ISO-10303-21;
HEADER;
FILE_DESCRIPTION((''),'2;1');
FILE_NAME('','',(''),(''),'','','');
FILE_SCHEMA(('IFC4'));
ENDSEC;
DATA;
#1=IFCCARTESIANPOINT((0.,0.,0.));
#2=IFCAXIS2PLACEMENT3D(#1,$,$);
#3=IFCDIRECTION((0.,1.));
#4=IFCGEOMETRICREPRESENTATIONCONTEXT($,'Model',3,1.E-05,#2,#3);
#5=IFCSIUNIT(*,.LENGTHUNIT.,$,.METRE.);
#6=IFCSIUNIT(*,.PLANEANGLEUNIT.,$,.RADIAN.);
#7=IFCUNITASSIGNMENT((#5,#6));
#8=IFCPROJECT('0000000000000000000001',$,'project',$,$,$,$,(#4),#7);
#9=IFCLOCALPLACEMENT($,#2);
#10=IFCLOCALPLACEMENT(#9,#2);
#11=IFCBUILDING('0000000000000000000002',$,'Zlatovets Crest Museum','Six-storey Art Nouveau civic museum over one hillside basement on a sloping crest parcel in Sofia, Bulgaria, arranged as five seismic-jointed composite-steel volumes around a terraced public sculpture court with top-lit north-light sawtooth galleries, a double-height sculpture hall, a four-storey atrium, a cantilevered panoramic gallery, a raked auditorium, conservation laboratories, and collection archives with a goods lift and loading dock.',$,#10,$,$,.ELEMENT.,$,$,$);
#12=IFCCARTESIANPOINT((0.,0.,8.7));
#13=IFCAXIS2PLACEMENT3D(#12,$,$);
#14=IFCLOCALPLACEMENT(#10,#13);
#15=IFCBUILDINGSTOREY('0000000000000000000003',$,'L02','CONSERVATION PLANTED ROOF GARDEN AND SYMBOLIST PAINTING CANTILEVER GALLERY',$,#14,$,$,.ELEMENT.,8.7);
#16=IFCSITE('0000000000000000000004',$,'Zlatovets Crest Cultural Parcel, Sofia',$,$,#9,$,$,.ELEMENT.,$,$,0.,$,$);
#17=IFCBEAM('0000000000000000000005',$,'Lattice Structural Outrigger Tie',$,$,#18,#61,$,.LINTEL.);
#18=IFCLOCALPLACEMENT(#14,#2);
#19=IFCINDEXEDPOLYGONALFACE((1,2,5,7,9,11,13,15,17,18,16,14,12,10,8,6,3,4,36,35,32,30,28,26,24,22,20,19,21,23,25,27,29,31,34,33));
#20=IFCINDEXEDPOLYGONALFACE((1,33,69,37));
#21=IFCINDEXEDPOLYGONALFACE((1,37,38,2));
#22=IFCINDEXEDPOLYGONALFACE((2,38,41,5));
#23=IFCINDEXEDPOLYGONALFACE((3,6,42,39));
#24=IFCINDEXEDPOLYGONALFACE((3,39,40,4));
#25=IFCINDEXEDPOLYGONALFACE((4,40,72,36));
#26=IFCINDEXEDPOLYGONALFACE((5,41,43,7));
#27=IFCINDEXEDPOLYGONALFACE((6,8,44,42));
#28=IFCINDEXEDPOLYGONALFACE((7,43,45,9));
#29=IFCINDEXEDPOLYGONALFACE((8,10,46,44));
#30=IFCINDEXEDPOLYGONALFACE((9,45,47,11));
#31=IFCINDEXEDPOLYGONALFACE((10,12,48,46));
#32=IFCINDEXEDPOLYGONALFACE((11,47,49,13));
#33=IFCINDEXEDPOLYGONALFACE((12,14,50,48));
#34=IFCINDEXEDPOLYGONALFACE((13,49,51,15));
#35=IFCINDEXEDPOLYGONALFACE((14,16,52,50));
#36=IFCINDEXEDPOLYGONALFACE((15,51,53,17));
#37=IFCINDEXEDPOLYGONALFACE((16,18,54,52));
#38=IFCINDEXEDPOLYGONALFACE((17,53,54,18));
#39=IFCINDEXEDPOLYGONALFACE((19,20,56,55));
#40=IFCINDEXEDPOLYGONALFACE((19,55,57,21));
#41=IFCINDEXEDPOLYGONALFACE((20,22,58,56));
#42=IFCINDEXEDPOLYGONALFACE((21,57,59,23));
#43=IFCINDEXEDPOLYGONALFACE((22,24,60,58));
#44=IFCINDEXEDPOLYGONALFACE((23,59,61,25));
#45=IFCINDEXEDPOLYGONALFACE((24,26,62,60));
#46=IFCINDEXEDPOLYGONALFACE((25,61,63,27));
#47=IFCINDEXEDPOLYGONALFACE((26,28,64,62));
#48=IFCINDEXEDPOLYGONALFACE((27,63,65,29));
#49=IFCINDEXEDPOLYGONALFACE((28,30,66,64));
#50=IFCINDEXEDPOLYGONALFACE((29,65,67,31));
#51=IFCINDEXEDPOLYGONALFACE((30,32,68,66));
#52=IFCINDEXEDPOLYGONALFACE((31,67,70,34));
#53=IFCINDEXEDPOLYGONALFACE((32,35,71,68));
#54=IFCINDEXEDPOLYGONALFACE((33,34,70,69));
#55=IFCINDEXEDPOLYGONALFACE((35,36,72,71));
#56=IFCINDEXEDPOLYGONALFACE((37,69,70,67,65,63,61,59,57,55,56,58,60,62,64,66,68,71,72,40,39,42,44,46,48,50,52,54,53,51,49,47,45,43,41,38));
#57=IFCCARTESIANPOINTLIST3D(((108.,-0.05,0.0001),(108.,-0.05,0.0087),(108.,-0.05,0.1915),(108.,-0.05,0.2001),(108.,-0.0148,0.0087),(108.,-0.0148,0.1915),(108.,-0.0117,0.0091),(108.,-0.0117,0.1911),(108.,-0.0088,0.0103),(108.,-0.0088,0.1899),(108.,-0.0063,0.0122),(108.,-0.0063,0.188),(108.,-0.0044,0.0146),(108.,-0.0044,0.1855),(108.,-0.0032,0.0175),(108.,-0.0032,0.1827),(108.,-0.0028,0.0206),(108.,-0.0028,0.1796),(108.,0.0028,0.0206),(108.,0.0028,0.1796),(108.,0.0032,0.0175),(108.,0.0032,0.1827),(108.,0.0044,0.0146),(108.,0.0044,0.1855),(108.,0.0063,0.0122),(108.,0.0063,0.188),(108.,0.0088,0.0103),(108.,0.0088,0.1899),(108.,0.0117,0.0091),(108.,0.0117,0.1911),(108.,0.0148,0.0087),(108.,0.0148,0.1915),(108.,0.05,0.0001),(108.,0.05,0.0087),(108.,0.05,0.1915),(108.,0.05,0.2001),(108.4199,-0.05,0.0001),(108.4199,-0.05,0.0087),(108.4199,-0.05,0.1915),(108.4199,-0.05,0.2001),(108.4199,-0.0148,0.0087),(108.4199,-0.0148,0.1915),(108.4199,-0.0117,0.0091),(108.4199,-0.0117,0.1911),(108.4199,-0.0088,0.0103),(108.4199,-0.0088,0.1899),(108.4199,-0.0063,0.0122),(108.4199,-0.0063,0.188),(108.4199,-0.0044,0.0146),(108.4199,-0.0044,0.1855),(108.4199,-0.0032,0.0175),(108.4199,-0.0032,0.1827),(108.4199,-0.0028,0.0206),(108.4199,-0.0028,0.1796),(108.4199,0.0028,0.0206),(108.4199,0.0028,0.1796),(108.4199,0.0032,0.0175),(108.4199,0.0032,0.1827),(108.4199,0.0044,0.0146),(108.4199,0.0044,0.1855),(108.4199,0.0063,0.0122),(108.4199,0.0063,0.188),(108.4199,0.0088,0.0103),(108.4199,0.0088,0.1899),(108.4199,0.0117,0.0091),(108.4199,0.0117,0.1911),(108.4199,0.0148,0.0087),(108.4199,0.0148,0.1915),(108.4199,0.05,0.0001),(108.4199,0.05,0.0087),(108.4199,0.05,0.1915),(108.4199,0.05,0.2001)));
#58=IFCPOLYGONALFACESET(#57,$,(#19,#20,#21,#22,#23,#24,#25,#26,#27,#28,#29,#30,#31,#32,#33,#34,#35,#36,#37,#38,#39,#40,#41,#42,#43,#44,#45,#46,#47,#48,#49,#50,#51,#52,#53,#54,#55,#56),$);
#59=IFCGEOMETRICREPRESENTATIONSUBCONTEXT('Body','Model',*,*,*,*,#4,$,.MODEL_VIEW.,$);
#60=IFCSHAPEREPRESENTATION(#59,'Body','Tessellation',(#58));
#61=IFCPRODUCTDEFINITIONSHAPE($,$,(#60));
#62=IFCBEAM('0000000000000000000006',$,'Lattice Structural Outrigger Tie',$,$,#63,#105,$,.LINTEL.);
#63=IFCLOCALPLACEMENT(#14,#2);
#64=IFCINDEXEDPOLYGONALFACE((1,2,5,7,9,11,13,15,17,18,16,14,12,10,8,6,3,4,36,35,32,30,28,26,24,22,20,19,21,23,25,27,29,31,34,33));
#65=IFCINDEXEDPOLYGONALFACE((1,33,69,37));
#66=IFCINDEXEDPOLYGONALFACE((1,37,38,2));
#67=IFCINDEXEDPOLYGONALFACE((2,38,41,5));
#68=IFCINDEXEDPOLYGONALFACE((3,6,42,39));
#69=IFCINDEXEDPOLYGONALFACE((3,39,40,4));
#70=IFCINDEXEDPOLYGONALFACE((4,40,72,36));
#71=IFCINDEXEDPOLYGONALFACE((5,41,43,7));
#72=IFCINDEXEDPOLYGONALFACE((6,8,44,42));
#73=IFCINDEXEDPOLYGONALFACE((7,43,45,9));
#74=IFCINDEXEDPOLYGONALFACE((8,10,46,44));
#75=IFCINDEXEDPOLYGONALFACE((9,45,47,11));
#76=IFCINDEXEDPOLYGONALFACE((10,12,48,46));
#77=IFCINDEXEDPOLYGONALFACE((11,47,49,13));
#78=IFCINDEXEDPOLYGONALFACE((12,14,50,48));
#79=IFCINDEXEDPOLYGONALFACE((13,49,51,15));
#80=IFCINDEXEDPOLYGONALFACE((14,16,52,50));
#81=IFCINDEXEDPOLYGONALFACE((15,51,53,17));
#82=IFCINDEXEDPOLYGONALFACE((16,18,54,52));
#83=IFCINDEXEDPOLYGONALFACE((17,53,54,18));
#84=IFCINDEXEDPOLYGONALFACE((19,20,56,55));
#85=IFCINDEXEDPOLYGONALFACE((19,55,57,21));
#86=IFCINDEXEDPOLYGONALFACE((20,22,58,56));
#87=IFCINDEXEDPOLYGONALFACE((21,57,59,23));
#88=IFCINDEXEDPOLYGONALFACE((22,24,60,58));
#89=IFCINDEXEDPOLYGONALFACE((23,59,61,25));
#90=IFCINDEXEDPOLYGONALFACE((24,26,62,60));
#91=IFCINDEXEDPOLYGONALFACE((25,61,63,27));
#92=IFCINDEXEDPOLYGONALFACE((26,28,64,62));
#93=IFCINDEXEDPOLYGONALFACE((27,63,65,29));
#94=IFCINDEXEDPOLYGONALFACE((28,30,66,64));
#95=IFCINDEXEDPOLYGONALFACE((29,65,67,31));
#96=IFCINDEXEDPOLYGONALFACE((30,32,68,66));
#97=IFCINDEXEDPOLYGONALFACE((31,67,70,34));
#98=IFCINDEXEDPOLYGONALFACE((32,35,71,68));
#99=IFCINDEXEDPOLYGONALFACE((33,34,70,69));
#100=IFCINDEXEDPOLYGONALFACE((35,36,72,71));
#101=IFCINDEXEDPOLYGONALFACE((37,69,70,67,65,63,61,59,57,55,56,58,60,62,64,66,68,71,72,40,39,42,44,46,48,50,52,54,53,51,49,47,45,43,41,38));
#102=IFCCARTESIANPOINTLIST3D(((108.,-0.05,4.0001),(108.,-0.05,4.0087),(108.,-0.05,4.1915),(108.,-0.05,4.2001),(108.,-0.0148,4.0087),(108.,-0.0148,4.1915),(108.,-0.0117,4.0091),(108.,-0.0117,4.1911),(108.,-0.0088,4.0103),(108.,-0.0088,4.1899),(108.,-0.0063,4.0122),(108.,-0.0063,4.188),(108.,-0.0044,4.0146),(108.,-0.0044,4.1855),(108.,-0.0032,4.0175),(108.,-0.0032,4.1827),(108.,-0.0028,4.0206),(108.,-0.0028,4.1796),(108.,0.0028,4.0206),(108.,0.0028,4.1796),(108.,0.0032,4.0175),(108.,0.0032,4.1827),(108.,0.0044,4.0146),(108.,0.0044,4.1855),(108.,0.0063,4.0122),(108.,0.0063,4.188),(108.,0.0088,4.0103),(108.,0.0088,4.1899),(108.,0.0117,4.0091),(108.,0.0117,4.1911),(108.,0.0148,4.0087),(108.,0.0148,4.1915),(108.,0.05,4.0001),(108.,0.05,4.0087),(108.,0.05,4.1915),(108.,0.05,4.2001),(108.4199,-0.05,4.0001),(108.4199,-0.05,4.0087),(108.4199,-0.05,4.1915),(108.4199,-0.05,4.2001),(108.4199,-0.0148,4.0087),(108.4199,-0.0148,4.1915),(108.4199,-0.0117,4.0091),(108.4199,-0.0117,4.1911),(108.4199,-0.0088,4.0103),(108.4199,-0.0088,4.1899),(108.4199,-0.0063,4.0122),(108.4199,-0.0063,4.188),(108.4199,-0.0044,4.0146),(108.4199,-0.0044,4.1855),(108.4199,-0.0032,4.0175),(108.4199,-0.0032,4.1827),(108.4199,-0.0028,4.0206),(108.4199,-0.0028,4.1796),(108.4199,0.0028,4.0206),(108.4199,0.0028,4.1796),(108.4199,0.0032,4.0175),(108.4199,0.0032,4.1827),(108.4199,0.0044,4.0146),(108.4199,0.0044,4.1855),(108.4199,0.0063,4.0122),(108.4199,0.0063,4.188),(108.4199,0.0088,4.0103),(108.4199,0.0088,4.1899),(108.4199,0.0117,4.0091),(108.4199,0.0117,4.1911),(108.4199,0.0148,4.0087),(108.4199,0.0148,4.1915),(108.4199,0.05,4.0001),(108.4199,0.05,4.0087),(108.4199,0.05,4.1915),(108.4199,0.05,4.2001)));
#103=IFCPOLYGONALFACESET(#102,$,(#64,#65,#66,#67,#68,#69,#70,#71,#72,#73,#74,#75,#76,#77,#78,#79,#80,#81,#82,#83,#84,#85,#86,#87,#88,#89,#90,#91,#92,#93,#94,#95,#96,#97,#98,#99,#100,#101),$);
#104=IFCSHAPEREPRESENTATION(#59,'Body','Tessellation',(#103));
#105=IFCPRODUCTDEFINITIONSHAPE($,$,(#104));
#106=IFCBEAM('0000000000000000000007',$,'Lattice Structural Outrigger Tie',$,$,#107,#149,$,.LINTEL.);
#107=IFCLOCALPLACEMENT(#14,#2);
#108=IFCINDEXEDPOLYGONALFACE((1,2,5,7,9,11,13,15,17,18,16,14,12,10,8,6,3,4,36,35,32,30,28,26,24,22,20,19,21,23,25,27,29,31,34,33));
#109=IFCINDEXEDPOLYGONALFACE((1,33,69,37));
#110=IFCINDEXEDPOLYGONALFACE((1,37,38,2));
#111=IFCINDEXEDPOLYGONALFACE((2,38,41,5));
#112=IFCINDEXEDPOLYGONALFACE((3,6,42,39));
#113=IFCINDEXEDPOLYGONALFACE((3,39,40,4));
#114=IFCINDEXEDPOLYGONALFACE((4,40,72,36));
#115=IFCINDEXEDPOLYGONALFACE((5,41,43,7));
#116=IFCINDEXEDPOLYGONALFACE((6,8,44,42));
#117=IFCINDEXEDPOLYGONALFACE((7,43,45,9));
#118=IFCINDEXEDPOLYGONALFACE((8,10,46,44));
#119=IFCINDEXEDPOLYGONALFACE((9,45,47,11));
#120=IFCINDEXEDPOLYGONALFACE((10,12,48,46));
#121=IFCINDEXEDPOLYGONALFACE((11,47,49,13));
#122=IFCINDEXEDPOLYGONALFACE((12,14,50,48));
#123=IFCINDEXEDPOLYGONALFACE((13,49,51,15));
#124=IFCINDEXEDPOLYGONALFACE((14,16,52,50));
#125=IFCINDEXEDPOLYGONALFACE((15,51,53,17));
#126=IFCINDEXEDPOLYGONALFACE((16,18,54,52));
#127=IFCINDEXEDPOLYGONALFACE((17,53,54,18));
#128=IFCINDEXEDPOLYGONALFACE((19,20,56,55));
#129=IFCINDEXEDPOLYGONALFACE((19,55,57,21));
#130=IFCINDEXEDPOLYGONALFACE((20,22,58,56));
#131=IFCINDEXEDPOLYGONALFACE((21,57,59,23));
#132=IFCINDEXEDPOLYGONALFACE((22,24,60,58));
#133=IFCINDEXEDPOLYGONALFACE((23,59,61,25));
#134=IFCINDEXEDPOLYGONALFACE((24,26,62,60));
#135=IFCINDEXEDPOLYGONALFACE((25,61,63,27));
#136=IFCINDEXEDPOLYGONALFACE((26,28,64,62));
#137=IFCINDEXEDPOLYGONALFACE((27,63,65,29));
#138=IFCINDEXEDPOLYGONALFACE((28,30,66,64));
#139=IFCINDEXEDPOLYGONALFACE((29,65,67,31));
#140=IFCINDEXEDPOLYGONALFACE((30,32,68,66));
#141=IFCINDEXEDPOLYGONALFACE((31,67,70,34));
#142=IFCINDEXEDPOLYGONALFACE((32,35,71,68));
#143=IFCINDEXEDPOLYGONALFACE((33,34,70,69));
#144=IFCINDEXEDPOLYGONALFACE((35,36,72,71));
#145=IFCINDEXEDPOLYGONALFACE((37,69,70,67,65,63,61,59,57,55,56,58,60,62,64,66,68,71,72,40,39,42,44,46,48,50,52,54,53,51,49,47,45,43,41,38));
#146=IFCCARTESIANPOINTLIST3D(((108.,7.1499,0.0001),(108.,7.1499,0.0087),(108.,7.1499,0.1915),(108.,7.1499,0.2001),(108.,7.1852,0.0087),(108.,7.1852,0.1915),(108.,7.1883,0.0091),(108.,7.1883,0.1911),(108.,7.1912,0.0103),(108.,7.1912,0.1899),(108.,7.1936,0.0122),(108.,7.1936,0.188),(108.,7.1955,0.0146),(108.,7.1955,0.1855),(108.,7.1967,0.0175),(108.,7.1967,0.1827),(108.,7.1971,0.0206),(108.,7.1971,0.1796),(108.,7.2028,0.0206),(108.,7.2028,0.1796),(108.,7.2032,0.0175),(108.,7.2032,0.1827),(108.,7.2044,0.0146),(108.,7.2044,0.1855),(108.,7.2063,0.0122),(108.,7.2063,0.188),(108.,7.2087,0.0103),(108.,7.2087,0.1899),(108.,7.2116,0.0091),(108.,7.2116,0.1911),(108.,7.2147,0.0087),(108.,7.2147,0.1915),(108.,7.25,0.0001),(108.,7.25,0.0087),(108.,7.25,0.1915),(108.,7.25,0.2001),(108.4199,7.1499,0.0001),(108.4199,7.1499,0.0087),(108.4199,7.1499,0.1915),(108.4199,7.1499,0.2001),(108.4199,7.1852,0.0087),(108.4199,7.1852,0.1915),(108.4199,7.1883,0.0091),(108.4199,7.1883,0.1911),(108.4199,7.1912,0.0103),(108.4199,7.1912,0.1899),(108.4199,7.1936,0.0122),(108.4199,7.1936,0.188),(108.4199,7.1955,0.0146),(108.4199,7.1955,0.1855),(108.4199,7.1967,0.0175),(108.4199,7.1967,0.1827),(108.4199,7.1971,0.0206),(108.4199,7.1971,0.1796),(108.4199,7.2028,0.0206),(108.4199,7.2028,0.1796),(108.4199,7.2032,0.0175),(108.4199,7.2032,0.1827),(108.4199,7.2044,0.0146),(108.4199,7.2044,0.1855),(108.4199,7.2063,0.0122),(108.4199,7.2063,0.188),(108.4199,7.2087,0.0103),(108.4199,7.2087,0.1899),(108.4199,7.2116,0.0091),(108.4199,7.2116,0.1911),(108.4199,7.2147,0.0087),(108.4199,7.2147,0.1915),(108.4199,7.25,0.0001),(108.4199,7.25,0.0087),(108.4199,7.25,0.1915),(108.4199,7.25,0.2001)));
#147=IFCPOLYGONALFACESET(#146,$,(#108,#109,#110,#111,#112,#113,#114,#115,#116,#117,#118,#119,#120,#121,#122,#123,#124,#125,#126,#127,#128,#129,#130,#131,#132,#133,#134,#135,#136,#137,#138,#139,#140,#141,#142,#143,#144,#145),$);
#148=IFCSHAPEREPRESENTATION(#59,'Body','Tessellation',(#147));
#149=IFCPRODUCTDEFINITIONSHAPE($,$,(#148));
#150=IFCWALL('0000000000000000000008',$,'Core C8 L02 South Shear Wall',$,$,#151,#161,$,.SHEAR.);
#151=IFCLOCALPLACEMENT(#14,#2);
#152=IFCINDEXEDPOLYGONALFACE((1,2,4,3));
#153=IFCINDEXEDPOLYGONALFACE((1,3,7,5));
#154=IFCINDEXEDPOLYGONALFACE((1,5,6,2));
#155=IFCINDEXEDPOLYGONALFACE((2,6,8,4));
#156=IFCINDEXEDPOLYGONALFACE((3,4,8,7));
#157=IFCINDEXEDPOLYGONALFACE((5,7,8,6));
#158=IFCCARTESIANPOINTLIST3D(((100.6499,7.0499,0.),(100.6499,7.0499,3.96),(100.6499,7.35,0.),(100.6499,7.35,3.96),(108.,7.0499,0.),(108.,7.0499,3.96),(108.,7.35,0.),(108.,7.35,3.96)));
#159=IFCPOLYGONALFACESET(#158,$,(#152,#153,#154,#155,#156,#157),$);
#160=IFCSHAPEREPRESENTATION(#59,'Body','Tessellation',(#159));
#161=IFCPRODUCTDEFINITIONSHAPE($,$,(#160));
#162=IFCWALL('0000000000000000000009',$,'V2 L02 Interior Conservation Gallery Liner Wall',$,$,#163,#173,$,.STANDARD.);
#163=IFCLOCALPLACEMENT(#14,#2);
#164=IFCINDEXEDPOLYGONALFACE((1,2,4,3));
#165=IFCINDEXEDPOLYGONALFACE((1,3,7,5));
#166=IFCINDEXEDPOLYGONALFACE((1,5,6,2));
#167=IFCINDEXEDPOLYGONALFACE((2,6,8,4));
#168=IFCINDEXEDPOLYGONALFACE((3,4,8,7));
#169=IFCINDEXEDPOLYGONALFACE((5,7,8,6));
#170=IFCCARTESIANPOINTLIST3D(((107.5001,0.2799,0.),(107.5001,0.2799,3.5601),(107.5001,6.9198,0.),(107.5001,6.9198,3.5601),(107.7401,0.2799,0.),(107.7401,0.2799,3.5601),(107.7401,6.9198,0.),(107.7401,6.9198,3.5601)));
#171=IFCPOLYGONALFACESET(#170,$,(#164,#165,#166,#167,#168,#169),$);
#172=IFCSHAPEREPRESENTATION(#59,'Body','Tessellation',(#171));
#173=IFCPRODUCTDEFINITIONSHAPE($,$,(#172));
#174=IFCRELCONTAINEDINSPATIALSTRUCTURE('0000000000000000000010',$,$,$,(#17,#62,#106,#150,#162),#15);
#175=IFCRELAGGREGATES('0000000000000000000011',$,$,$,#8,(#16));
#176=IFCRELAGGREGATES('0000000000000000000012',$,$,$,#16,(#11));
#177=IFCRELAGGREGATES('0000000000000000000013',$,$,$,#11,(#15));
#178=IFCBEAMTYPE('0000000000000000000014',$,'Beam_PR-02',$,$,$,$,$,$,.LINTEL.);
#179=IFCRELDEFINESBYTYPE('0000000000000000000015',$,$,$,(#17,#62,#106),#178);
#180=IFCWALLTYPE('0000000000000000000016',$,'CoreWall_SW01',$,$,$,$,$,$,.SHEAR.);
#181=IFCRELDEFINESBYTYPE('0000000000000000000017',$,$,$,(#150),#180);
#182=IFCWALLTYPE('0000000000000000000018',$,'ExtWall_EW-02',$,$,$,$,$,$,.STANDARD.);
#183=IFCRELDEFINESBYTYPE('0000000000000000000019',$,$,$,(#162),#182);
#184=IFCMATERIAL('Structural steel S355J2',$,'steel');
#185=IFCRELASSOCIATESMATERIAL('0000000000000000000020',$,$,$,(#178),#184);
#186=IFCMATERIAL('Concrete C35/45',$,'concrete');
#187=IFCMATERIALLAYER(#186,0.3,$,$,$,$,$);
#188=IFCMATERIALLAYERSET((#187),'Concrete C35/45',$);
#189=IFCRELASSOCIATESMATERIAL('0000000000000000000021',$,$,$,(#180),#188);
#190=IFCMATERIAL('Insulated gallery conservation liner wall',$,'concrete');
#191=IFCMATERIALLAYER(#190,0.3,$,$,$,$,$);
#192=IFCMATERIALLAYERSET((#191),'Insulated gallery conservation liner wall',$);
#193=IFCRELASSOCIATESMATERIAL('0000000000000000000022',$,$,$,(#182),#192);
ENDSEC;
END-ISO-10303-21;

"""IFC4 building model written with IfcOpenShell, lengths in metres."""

from ifc_helpers import new_model, si_unit, direction, frame, frame_2d, origin, origin_2d, place, context, subcontext, project, spatial, rectangle, i_section, extrude, material, layer, layer_set, material_profile, profile_set, type_object, element, save


model = new_model("IFC4")

# Units and contexts
model_context = context("Model", 3, precision=1e-05, world=origin(), true_north=direction((0.0, 1.0)))
body_context = subcontext(model_context, "Body", "Model", "MODEL_VIEW")
ifc_project = project(units=[si_unit("LENGTHUNIT", "METRE"), si_unit("PLANEANGLEUNIT", "RADIAN")], contexts=[model_context])

# Site, building, storey
site_placement = place(None, origin())
site = spatial("IfcSite", under=ifc_project, at=site_placement, Name="Zlatovets Crest Cultural Parcel, Sofia", CompositionType="ELEMENT", RefElevation=0.0)
building_placement = place(site_placement, origin())
building = spatial("IfcBuilding", under=site, at=building_placement, Name="Zlatovets Crest Museum", Description="Six-storey Art Nouveau civic museum over one hillside basement on a sloping crest parcel in Sofia, Bulgaria, arranged as five seismic-jointed composite-steel volumes around a terraced public sculpture court with top-lit north-light sawtooth galleries, a double-height sculpture hall, a four-storey atrium, a cantilevered panoramic gallery, a raked auditorium, conservation laboratories, and collection archives with a goods lift and loading dock.", CompositionType="ELEMENT")
storey_placement = place(building_placement, frame((0.0, 0.0, 8.7)))
storey = spatial("IfcBuildingStorey", under=building, at=storey_placement, Name="L02", Description="CONSERVATION PLANTED ROOF GARDEN AND SYMBOLIST PAINTING CANTILEVER GALLERY", CompositionType="ELEMENT", Elevation=8.7)

# Shared definitions
ifc_material_1 = material(Name="Structural steel S355J2", Category="steel")

# Beams
ifc_material_profile_1 = material_profile(ifc_material_1, i_section(OverallWidth=0.1001, OverallDepth=0.2, WebThickness=0.0056, FlangeThickness=0.0085, FilletRadius=0.012, at=origin_2d()), Name="IPE 200")
ifc_profile_set_1 = profile_set([ifc_material_profile_1], Name="Structural steel S355J2")
beam_type_1 = type_object("IfcBeamType", Name="Beam_PR-02", PredefinedType="LINTEL", material=ifc_profile_set_1)
for number, where, z_axis, x_axis, name in (
    (1, (108.0, 0.0, 0.1001), (1.0, 0.0, 0.0), (0.0, 1.0, 0.0), "Lattice Structural Outrigger Tie"),
    (2, (108.0, 0.0, 4.1001), (1.0, 0.0, 0.0), (0.0, 1.0, 0.0), "Lattice Structural Outrigger Tie"),
    (3, (108.0, 7.2, 0.1001), (1.0, 0.0, 0.0), (0.0, 1.0, 0.0), "Lattice Structural Outrigger Tie"),
):
    element("IfcBeam", number, at=place(storey_placement, frame(where, z_axis=z_axis, x_axis=x_axis)), inside=storey, type_object=beam_type_1, Name=name, PredefinedType="LINTEL", context=body_context, shape_type="SweptSolid", body=[
        extrude(i_section(OverallWidth=0.1001, OverallDepth=0.2, WebThickness=0.0056, FlangeThickness=0.0085, FilletRadius=0.012, at=origin_2d()), origin(), (0.0, 0.0, 1.0), 0.4199),
    ])

# Walls
ifc_material_2 = material(Name="Concrete C35/45", Category="concrete")
ifc_layer_1 = layer(ifc_material_2, 0.3)
ifc_layer_set_1 = layer_set([ifc_layer_1], Name="Concrete C35/45")
wall_type_1 = type_object("IfcWallType", Name="CoreWall_SW01", PredefinedType="SHEAR", material=ifc_layer_set_1)
wall_1_placement = place(storey_placement, frame((100.6499, 7.2, 0.0), z_axis=(0.0, 0.0, 1.0), x_axis=(1.0, 0.0, 0.0)))
element("IfcWall", 4, at=wall_1_placement, inside=storey, type_object=wall_type_1, Name="Core C8 L02 South Shear Wall", PredefinedType="SHEAR", context=body_context, shape_type="SweptSolid", body=[
    extrude(rectangle(XDim=7.3501, YDim=0.3, at=frame_2d((3.675, 0.0))), origin(), (0.0, 0.0, 1.0), 3.96),
])
ifc_material_3 = material(Name="Insulated gallery conservation liner wall", Category="concrete")
ifc_layer_2 = layer(ifc_material_3, 0.3)
ifc_layer_set_2 = layer_set([ifc_layer_2], Name="Insulated gallery conservation liner wall")
wall_type_2 = type_object("IfcWallType", Name="ExtWall_EW-02", PredefinedType="STANDARD", material=ifc_layer_set_2)
wall_2_placement = place(storey_placement, frame((107.6201, 0.28, 0.0), z_axis=(0.0, 0.0, 1.0), x_axis=(0.0, 1.0, 0.0)))
element("IfcWall", 5, at=wall_2_placement, inside=storey, type_object=wall_type_2, Name="V2 L02 Interior Conservation Gallery Liner Wall", PredefinedType="STANDARD", context=body_context, shape_type="SweptSolid", body=[
    extrude(rectangle(XDim=6.6399, YDim=0.24, at=frame_2d((3.3198, 0.0))), origin(), (0.0, 0.0, 1.0), 3.5601),
])

save(model, "model.ifc")
